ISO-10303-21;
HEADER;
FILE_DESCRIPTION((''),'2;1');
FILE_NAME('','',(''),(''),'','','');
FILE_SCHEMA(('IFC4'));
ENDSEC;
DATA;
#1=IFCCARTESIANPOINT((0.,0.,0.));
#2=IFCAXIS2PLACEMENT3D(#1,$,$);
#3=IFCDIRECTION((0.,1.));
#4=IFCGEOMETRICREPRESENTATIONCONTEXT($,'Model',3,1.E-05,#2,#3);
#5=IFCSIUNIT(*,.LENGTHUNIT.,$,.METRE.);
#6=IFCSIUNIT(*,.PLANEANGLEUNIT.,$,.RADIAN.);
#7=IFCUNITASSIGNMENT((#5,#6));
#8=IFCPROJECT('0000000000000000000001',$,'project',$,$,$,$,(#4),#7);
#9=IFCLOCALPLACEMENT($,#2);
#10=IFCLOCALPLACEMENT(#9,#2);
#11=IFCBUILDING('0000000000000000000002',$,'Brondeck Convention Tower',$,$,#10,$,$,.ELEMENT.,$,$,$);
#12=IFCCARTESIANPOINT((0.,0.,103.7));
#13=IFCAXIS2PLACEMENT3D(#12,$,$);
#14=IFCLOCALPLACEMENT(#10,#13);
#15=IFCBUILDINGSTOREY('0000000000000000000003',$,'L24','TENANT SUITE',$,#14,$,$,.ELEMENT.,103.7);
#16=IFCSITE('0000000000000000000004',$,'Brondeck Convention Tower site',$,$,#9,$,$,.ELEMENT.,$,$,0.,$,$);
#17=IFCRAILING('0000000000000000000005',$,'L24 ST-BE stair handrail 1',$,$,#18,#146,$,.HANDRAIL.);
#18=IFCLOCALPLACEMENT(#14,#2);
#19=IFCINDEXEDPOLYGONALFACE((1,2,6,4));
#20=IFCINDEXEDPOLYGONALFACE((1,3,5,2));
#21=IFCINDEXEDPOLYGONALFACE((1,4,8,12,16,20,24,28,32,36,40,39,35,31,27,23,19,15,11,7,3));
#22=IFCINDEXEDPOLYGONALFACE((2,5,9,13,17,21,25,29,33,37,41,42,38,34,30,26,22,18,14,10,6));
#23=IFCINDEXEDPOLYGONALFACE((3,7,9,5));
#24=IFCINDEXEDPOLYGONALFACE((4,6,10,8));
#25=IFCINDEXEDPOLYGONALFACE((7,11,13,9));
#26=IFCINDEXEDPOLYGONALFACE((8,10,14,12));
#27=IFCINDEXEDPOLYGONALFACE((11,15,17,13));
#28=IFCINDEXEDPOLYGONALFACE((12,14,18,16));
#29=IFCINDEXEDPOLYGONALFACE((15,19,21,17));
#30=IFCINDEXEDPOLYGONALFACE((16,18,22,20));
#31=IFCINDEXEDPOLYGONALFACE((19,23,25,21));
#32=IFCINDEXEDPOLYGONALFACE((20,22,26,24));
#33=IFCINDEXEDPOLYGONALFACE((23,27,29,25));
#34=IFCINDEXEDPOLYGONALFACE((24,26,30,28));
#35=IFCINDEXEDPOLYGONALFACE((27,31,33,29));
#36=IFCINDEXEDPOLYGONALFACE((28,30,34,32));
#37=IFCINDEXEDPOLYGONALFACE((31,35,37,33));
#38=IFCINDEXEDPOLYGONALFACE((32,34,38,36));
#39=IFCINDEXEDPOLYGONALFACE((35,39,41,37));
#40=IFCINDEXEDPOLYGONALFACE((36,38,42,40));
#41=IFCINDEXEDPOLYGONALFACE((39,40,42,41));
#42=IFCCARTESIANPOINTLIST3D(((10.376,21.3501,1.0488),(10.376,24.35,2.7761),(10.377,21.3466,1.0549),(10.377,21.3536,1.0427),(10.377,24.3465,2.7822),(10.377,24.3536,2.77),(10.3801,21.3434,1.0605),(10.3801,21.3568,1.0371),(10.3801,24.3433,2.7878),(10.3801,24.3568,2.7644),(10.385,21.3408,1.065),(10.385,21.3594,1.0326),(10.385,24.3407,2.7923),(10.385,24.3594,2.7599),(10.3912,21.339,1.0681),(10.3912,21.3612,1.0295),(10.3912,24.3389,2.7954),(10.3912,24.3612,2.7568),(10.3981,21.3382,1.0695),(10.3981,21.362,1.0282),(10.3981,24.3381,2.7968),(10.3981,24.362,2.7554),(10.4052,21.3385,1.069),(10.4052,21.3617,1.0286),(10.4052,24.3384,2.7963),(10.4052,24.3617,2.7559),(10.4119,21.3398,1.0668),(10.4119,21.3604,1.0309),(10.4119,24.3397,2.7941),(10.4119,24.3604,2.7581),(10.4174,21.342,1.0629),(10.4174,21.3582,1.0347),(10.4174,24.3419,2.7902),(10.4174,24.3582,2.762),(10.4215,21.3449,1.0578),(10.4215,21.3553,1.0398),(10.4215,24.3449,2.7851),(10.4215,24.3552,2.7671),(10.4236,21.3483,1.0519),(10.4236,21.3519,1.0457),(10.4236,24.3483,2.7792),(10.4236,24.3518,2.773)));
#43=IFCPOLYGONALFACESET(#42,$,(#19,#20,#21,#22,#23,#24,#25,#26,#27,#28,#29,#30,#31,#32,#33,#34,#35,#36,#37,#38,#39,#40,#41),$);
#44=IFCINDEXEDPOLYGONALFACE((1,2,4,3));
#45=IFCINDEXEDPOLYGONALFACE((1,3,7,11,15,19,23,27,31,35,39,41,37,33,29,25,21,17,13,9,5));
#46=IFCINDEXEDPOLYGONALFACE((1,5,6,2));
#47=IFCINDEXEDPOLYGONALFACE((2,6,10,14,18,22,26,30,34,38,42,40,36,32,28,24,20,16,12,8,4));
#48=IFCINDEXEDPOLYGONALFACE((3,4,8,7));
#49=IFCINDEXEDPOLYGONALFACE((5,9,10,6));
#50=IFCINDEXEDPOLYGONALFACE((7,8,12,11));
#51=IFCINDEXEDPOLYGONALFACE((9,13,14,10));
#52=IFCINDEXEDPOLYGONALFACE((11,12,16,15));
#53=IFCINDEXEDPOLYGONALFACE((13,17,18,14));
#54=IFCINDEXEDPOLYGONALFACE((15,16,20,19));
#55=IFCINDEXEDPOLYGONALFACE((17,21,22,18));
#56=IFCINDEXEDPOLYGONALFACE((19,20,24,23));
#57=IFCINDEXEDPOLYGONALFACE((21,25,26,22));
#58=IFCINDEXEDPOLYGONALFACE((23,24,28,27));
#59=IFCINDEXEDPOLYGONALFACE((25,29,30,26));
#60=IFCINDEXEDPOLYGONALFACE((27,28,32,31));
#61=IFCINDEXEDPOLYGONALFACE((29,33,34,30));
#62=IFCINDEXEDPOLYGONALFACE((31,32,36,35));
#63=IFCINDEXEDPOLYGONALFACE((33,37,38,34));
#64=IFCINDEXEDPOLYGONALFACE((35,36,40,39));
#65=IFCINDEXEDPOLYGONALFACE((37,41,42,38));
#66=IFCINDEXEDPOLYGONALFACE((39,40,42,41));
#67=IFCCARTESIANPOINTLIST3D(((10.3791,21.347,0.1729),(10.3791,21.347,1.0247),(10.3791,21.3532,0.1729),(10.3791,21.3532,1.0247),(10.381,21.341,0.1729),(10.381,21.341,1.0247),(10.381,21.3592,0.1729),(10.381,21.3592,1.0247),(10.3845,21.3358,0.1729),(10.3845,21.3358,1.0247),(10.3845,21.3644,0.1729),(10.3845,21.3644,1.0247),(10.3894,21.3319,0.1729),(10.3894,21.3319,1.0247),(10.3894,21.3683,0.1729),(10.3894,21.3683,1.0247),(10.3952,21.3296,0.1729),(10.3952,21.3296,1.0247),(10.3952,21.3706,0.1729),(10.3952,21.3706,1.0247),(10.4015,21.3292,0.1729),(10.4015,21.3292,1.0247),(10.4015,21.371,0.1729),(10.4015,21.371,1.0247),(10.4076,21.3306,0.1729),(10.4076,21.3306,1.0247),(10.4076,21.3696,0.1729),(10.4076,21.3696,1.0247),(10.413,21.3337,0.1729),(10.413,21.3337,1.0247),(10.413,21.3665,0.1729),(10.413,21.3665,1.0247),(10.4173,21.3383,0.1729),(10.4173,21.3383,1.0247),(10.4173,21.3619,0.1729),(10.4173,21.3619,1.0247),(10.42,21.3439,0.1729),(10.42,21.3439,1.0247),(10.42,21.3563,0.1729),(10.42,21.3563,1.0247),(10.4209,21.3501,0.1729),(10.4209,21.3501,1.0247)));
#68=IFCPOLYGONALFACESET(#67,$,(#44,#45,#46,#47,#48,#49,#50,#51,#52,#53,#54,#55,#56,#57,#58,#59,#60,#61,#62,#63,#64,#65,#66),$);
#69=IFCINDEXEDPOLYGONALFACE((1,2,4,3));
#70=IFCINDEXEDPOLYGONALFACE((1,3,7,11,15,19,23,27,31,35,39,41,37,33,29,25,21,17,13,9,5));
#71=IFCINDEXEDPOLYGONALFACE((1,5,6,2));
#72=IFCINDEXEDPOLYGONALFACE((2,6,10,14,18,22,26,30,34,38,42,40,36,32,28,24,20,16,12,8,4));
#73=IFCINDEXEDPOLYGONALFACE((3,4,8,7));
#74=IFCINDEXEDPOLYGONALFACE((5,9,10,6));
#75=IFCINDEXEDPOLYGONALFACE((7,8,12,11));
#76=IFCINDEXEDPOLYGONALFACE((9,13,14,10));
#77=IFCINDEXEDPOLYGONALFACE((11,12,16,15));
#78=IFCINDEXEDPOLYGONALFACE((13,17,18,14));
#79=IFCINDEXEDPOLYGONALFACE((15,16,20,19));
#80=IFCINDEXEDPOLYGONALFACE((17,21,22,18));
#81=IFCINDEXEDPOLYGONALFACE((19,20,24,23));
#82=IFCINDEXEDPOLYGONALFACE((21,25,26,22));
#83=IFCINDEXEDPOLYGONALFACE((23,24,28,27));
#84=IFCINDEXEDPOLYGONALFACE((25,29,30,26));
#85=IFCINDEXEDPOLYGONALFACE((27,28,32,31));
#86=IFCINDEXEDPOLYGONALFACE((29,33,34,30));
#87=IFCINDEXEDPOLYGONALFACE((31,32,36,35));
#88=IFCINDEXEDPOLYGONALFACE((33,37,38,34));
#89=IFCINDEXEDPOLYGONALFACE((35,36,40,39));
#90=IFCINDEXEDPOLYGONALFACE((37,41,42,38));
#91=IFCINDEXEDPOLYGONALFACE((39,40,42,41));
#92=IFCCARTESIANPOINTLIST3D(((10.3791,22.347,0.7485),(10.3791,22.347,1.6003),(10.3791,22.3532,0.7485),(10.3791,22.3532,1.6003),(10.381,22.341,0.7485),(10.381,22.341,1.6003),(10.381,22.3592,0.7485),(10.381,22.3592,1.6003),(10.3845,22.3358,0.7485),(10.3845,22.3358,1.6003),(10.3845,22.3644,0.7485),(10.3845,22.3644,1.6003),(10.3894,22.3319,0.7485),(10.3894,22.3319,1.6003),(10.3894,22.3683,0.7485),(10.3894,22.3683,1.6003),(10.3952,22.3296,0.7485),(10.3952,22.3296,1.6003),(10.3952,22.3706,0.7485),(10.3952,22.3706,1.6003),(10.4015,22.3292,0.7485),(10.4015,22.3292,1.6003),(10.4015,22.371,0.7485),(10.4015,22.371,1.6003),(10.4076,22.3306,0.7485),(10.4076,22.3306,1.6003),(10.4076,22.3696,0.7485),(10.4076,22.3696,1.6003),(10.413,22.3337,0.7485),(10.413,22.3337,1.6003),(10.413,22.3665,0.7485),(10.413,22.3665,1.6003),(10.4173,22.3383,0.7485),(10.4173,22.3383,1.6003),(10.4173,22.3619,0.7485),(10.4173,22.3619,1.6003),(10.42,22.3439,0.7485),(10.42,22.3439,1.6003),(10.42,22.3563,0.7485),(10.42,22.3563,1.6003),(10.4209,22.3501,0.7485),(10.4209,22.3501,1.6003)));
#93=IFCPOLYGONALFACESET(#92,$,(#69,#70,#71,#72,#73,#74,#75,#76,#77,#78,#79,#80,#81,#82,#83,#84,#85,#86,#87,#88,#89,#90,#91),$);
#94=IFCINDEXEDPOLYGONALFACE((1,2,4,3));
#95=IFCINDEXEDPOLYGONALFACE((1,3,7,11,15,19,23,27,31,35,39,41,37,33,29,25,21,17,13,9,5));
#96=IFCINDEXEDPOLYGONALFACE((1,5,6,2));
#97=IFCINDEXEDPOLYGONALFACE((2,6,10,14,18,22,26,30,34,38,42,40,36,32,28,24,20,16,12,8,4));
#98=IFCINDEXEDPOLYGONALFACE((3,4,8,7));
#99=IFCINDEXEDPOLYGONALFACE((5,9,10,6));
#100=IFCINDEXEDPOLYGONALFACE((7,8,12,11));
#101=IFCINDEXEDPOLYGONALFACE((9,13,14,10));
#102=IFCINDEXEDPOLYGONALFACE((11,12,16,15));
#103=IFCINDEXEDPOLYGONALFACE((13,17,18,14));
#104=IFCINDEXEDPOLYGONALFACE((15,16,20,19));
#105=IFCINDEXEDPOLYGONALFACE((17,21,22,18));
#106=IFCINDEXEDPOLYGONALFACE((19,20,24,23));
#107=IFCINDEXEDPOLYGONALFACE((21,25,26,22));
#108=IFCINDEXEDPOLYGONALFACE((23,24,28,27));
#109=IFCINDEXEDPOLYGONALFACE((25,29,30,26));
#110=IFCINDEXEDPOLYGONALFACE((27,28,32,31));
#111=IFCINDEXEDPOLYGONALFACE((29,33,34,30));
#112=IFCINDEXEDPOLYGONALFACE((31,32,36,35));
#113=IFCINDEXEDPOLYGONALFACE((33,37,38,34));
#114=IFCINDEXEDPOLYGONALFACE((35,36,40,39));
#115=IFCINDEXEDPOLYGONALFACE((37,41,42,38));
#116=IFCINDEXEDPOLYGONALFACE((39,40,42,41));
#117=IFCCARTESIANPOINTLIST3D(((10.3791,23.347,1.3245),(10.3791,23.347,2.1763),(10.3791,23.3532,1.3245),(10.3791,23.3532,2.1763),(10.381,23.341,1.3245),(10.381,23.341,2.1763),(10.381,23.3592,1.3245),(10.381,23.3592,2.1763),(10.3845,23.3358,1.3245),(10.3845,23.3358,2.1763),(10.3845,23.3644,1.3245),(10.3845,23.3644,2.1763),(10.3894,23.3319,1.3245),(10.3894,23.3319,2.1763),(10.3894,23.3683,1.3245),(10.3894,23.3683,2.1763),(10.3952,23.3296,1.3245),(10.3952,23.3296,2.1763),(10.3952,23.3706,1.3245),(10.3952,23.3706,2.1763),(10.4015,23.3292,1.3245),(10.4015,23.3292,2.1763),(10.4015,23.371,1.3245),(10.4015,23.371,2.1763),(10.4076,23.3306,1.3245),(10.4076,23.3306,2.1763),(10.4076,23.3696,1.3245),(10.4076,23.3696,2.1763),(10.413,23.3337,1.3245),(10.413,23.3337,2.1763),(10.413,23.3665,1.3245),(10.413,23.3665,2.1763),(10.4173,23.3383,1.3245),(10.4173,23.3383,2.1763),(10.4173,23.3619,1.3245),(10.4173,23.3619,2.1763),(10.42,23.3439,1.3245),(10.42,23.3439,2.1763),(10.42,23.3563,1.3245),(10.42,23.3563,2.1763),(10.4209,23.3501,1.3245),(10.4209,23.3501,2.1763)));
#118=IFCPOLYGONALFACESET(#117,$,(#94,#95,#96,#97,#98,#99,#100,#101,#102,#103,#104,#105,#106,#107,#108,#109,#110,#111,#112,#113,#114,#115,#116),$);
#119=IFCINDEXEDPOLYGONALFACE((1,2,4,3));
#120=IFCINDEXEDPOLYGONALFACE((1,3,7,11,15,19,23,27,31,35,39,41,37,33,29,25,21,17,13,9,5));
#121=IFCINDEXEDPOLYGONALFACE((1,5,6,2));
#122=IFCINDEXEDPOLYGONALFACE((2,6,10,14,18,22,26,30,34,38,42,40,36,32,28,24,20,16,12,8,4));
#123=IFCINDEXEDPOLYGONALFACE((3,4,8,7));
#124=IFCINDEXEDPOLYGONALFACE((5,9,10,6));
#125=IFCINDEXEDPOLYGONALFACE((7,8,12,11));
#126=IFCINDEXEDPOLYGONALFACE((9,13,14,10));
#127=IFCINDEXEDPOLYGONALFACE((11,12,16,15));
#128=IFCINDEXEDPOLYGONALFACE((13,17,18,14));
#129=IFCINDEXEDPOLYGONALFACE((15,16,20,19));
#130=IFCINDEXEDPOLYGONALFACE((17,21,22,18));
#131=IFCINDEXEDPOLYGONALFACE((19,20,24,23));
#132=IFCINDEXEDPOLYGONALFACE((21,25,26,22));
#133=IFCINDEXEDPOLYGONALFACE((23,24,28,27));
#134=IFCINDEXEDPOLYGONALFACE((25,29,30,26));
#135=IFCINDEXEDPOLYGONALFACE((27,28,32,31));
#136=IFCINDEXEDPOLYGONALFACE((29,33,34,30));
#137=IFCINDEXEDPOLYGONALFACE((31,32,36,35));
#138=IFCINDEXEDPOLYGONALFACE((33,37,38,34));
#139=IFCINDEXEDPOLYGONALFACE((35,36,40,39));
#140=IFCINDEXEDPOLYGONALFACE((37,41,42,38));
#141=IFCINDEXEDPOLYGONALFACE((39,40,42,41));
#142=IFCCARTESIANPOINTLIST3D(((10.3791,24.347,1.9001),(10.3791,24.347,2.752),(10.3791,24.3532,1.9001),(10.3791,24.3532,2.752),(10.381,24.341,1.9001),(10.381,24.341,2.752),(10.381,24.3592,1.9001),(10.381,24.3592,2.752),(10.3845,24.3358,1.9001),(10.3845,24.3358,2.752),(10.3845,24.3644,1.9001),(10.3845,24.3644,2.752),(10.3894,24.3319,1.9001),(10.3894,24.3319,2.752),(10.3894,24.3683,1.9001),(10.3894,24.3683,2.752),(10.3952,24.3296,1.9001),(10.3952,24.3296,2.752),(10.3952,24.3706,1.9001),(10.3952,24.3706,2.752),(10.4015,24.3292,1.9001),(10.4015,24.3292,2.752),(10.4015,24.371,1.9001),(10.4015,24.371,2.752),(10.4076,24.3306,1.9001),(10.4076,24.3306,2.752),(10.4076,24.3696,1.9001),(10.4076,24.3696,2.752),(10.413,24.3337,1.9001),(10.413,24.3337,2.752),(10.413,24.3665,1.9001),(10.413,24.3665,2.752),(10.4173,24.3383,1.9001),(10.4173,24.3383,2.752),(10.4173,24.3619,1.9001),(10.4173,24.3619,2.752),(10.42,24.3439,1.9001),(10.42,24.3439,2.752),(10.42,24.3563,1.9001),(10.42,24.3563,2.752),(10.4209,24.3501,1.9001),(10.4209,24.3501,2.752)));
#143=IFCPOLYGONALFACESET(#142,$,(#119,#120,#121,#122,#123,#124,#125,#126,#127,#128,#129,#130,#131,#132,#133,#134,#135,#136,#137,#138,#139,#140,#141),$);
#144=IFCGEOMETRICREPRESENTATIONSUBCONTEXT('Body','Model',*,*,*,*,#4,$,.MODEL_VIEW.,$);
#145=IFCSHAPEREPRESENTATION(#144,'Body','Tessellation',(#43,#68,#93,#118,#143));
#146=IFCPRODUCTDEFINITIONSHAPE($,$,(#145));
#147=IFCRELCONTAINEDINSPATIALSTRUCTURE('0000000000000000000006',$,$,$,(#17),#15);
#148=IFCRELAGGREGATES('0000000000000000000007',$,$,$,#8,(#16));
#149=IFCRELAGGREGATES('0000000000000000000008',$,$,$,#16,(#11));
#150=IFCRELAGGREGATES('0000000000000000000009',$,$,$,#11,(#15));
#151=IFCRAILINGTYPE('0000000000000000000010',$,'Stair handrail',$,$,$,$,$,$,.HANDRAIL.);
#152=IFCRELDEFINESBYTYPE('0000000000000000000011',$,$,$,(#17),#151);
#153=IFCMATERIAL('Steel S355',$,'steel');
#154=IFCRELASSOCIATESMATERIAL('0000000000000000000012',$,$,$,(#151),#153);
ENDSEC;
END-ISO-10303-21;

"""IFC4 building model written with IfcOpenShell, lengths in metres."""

from ifc_helpers import new_model, si_unit, direction, frame, origin, origin_2d, place, context, subcontext, project, spatial, circle, extrude, material, type_object, element, save


model = new_model("IFC4")

# Units and contexts
model_context = context("Model", 3, precision=1e-05, world=origin(), true_north=direction((0.0, 1.0)))
body_context = subcontext(model_context, "Body", "Model", "MODEL_VIEW")
ifc_project = project(units=[si_unit("LENGTHUNIT", "METRE"), si_unit("PLANEANGLEUNIT", "RADIAN")], contexts=[model_context])

# Site, building, storey
site_placement = place(None, origin())
site = spatial("IfcSite", under=ifc_project, at=site_placement, Name="Brondeck Convention Tower site", CompositionType="ELEMENT", RefElevation=0.0)
building_placement = place(site_placement, origin())
building = spatial("IfcBuilding", under=site, at=building_placement, Name="Brondeck Convention Tower", CompositionType="ELEMENT")
storey_placement = place(building_placement, frame((0.0, 0.0, 103.7)))
storey = spatial("IfcBuildingStorey", under=building, at=storey_placement, Name="L24", Description="TENANT SUITE", CompositionType="ELEMENT", Elevation=103.7)

# Shared definitions
ifc_material_1 = material(Name="Steel S355", Category="steel")

# Railing
railing_type_1 = type_object("IfcRailingType", Name="Stair handrail", PredefinedType="HANDRAIL", material=ifc_material_1)
railing_1_placement = place(storey_placement, frame((10.3999, 21.3501, 0.1729)))
element("IfcRailing", 1, at=railing_1_placement, inside=storey, type_object=railing_type_1, Name="L24 ST-BE stair handrail 1", PredefinedType="HANDRAIL", context=body_context, shape_type="SweptSolid", body=[
    extrude(circle(Radius=0.0239, at=origin_2d()), frame((0.0, 0.0, 0.876), z_axis=(0.0, 0.86662, 0.498969), x_axis=(-1.0, 0.0, 0.0)), (0.0, 0.0, 1.0), 3.4617),
    extrude(circle(Radius=0.021, at=origin_2d()), origin(), (0.0, 0.0, 1.0), 0.8518),
    extrude(circle(Radius=0.021, at=origin_2d()), frame((0.0, 1.0, 0.5757)), (0.0, 0.0, 1.0), 0.8518),
    extrude(circle(Radius=0.021, at=origin_2d()), frame((0.0, 2.0, 1.1516)), (0.0, 0.0, 1.0), 0.8518),
    extrude(circle(Radius=0.021, at=origin_2d()), frame((0.0, 3.0, 1.7273)), (0.0, 0.0, 1.0), 0.8518),
])

save(model, "model.ifc")
